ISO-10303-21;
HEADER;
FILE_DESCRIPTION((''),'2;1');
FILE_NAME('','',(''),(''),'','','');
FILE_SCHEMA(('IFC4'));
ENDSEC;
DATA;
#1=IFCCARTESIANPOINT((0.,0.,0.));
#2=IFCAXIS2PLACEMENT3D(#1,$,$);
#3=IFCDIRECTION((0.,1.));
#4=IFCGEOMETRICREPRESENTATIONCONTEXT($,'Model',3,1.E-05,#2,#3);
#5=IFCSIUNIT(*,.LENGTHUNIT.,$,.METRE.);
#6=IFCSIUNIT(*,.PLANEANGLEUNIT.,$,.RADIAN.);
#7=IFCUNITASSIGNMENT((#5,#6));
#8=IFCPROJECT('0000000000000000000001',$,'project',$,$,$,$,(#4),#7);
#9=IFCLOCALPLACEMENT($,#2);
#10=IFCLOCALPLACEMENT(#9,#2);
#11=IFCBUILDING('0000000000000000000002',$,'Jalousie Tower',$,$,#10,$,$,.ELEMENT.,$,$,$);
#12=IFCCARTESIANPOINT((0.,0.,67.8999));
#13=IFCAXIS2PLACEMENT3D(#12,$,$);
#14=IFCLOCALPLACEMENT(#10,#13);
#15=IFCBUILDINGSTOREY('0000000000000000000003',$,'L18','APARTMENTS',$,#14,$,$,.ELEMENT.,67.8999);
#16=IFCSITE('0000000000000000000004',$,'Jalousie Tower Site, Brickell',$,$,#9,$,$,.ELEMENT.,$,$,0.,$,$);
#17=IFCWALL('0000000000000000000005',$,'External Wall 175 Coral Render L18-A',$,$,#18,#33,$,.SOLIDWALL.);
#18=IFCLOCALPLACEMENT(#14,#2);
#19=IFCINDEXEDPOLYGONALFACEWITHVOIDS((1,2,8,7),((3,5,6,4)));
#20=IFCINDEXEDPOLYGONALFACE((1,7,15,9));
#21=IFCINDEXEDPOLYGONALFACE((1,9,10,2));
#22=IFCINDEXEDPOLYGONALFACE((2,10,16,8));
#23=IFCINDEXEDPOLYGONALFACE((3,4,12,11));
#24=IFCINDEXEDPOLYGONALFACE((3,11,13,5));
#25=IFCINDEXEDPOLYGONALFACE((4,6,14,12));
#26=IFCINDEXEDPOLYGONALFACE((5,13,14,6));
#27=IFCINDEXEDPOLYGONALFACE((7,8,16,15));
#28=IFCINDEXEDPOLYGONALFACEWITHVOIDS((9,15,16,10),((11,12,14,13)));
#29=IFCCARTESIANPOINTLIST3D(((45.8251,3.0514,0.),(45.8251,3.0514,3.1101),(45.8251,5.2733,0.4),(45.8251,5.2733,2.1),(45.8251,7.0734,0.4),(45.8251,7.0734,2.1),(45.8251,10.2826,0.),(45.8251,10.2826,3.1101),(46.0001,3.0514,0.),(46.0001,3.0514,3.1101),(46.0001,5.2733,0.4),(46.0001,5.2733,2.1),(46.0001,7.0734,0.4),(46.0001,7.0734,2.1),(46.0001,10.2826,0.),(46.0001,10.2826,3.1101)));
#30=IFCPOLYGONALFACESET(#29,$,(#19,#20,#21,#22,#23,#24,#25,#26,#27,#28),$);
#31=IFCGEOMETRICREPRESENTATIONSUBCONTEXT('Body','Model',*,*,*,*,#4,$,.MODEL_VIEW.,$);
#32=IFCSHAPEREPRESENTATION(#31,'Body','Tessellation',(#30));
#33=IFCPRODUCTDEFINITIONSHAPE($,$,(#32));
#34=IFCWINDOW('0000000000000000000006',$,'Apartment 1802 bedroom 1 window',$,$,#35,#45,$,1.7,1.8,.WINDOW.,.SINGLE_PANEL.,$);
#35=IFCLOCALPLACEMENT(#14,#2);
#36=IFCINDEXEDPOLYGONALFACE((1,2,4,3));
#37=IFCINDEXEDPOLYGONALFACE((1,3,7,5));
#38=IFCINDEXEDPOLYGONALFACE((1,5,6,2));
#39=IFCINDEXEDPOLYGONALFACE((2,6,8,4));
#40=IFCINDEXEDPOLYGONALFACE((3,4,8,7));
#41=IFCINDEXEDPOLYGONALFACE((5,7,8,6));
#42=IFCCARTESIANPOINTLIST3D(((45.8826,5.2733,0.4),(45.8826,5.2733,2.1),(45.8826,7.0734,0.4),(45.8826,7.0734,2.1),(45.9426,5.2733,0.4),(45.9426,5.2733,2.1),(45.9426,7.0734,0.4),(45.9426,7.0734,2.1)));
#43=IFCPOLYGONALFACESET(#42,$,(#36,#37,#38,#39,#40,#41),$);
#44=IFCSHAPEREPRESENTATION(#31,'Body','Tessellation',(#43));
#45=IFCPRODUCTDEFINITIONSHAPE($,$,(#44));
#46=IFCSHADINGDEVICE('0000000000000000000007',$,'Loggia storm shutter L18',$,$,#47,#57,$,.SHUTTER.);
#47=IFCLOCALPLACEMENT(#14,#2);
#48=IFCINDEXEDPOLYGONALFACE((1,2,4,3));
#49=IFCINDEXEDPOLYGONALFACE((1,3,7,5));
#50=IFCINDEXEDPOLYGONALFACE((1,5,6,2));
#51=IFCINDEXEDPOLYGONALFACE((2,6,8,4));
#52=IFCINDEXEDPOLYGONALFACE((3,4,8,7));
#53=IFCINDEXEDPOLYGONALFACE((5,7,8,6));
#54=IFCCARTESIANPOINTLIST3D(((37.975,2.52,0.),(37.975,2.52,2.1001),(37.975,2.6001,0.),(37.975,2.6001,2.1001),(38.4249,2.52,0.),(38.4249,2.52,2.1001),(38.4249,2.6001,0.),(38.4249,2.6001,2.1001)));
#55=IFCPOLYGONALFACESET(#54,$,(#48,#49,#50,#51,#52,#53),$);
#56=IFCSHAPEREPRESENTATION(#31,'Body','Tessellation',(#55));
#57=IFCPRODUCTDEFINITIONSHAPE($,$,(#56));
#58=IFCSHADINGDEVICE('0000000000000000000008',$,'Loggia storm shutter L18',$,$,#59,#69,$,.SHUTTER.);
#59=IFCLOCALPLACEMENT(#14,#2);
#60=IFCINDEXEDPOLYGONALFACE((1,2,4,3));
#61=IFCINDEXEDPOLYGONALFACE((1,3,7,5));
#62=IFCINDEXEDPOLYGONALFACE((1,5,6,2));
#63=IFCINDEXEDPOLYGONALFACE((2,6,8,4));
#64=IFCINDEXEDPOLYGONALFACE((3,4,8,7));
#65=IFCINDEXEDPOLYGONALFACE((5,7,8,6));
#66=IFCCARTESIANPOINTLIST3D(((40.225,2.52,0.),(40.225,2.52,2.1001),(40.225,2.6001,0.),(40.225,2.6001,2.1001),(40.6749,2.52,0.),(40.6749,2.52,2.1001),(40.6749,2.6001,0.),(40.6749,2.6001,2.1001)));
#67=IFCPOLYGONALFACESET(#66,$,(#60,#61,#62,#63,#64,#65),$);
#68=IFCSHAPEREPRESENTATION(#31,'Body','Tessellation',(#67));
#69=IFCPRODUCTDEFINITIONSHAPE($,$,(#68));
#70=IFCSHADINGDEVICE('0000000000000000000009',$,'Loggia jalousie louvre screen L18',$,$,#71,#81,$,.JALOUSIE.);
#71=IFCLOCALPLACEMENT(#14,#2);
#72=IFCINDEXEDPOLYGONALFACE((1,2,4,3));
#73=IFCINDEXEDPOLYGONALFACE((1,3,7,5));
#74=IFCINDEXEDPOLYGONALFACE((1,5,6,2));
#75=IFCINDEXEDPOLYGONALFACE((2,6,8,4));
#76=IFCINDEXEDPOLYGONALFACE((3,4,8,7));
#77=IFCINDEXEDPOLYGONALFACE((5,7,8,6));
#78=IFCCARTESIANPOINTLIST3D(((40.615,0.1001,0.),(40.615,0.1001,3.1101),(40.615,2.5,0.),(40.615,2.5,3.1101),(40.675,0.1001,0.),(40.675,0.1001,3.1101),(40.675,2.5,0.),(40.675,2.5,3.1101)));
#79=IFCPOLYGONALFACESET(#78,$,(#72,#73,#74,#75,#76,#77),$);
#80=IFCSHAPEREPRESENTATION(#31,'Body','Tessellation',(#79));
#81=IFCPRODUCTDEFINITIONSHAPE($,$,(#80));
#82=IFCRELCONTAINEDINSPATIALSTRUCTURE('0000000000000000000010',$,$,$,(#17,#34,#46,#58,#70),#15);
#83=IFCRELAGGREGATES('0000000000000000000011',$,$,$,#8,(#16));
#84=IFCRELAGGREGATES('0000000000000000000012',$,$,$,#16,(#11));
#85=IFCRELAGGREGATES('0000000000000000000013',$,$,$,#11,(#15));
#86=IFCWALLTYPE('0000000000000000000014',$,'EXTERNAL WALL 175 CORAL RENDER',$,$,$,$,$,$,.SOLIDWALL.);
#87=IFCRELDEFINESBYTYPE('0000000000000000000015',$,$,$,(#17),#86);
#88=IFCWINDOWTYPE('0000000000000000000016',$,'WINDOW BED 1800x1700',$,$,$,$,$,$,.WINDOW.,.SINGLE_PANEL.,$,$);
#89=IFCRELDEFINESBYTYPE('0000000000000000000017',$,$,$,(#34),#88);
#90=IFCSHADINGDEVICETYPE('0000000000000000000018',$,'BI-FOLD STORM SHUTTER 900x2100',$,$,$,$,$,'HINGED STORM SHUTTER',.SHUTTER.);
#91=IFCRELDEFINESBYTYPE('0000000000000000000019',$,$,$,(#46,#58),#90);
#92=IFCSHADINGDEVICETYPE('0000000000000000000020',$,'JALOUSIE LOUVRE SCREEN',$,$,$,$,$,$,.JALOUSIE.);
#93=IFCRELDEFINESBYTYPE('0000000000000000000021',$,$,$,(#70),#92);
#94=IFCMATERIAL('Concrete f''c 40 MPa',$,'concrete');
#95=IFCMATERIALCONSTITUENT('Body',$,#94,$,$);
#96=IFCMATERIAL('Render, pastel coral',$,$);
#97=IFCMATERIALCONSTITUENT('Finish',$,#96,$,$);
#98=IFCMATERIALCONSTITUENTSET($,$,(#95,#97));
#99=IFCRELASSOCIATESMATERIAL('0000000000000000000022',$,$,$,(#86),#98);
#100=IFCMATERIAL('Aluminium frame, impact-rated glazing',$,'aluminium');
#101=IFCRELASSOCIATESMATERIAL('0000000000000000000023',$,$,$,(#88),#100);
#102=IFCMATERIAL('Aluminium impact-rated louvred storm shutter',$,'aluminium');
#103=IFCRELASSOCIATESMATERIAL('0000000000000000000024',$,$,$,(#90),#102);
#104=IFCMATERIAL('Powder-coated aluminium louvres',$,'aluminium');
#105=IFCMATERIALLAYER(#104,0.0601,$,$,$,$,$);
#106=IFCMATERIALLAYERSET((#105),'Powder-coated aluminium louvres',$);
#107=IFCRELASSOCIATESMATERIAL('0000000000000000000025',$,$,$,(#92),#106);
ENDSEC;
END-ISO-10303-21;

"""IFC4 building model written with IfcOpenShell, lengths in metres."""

from ifc_helpers import new_model, si_unit, direction, frame, frame_2d, origin, origin_2d, place, context, subcontext, project, spatial, rectangle, extrude, material, layer, layer_set, constituent, constituent_set, type_object, element, fill, save


model = new_model("IFC4")

# Units and contexts
model_context = context("Model", 3, precision=1e-05, world=origin(), true_north=direction((0.0, 1.0)))
body_context = subcontext(model_context, "Body", "Model", "MODEL_VIEW")
ifc_project = project(units=[si_unit("LENGTHUNIT", "METRE"), si_unit("PLANEANGLEUNIT", "RADIAN")], contexts=[model_context])

# Site, building, storey
site_placement = place(None, origin())
site = spatial("IfcSite", under=ifc_project, at=site_placement, Name="Jalousie Tower Site, Brickell", CompositionType="ELEMENT", RefElevation=0.0)
building_placement = place(site_placement, origin())
building = spatial("IfcBuilding", under=site, at=building_placement, Name="Jalousie Tower", CompositionType="ELEMENT")
storey_placement = place(building_placement, frame((0.0, 0.0, 67.8999)))
storey = spatial("IfcBuildingStorey", under=building, at=storey_placement, Name="L18", Description="APARTMENTS", CompositionType="ELEMENT", Elevation=67.8999)

# Shared definitions
ifc_material_1 = material(Name="Concrete f'c 40 MPa", Category="concrete")
ifc_constituent_1 = constituent(ifc_material_1, Name="Body")
ifc_material_2 = material(Name="Render, pastel coral")
ifc_constituent_2 = constituent(ifc_material_2, Name="Finish")
ifc_constituent_set = constituent_set(constituents=[ifc_constituent_1, ifc_constituent_2])
wall_type = type_object("IfcWallType", Name="EXTERNAL WALL 175 CORAL RENDER", PredefinedType="SOLIDWALL", material=ifc_constituent_set)

# Wall, opening, window
wall_1_placement = place(storey_placement, frame((45.9126, 3.0513, 0.0), z_axis=(0.0, 0.0, 1.0), x_axis=(0.0, 1.0, 0.0)))
wall_1 = element("IfcWall", 1, at=wall_1_placement, inside=storey, type_object=wall_type, Name="External Wall 175 Coral Render L18-A", PredefinedType="SOLIDWALL", context=body_context, shape_type="SweptSolid", body=[
    extrude(rectangle(XDim=7.2312, YDim=0.175, at=frame_2d((3.6157, 0.0))), origin(), (0.0, 0.0, 1.0), 3.1101),
])
opening_placement = place(wall_1_placement, frame((2.2222, 0.0, 0.3999)))
opening = element("IfcOpeningElement", 2, at=opening_placement, cuts=wall_1, PredefinedType="OPENING", context=body_context, shape_type="SweptSolid", body=[
    extrude(rectangle(XDim=1.8, YDim=1.7, at=frame_2d((0.8999, 0.8501))), frame((0.0, 0.0974, 0.0), z_axis=(0.0, -1.0, 0.0), x_axis=(1.0, 0.0, 0.0)), (0.0, 0.0, 1.0), 0.1951),
])
ifc_material_3 = material(Name="Aluminium frame, impact-rated glazing", Category="aluminium")
window_type = type_object("IfcWindowType", Name="WINDOW BED 1800x1700", PartitioningType="SINGLE_PANEL", PredefinedType="WINDOW", material=ifc_material_3)
window_placement = place(opening_placement, origin())
window = element("IfcWindow", 3, at=window_placement, inside=storey, type_object=window_type, Name="Apartment 1802 bedroom 1 window", OverallHeight=1.7, OverallWidth=1.8, PartitioningType="SINGLE_PANEL", PredefinedType="WINDOW", context=body_context, shape_type="SweptSolid", body=[
    extrude(rectangle(XDim=1.8, YDim=1.7, at=frame_2d((0.8999, 0.8501))), frame((0.0, 0.03, 0.0), z_axis=(0.0, -1.0, 0.0), x_axis=(1.0, 0.0, 0.0)), (0.0, 0.0, 1.0), 0.0601),
])
fill(opening, window)

# Shading devices
ifc_material_4 = material(Name="Aluminium impact-rated louvred storm shutter", Category="aluminium")
shading_device_type_1 = type_object("IfcShadingDeviceType", Name="BI-FOLD STORM SHUTTER 900x2100", ElementType="HINGED STORM SHUTTER", PredefinedType="SHUTTER", material=ifc_material_4)
for number, where, z_axis, x_axis, name in (
    (4, (38.2, 2.5601, 0.0), (0.0, 0.0, 1.0), (1.0, 0.0, 0.0), "Loggia storm shutter L18"),
    (5, (40.45, 2.5601, 0.0), (0.0, 0.0, 1.0), (1.0, 0.0, 0.0), "Loggia storm shutter L18"),
):
    element("IfcShadingDevice", number, at=place(storey_placement, frame(where, z_axis=z_axis, x_axis=x_axis)), inside=storey, type_object=shading_device_type_1, Name=name, PredefinedType="SHUTTER", context=body_context, shape_type="SweptSolid", body=[
        extrude(rectangle(XDim=0.45, YDim=0.0801, at=origin_2d()), origin(), (0.0, 0.0, 1.0), 2.1001),
    ])
ifc_material_5 = material(Name="Powder-coated aluminium louvres", Category="aluminium")
ifc_layer_1 = layer(ifc_material_5, 0.0601)
ifc_layer_set_1 = layer_set([ifc_layer_1], Name="Powder-coated aluminium louvres")
shading_device_type_2 = type_object("IfcShadingDeviceType", Name="JALOUSIE LOUVRE SCREEN", PredefinedType="JALOUSIE", material=ifc_layer_set_1)
shading_device_placement = place(storey_placement, frame((40.645, 1.3, 0.0), z_axis=(0.0, 0.0, 1.0), x_axis=(1.0, 0.0, 0.0)))
element("IfcShadingDevice", 6, at=shading_device_placement, inside=storey, type_object=shading_device_type_2, Name="Loggia jalousie louvre screen L18", PredefinedType="JALOUSIE", context=body_context, shape_type="SweptSolid", body=[
    extrude(rectangle(XDim=0.0601, YDim=2.3999, at=origin_2d()), origin(), (0.0, 0.0, 1.0), 3.1101),
])

save(model, "model.ifc")
